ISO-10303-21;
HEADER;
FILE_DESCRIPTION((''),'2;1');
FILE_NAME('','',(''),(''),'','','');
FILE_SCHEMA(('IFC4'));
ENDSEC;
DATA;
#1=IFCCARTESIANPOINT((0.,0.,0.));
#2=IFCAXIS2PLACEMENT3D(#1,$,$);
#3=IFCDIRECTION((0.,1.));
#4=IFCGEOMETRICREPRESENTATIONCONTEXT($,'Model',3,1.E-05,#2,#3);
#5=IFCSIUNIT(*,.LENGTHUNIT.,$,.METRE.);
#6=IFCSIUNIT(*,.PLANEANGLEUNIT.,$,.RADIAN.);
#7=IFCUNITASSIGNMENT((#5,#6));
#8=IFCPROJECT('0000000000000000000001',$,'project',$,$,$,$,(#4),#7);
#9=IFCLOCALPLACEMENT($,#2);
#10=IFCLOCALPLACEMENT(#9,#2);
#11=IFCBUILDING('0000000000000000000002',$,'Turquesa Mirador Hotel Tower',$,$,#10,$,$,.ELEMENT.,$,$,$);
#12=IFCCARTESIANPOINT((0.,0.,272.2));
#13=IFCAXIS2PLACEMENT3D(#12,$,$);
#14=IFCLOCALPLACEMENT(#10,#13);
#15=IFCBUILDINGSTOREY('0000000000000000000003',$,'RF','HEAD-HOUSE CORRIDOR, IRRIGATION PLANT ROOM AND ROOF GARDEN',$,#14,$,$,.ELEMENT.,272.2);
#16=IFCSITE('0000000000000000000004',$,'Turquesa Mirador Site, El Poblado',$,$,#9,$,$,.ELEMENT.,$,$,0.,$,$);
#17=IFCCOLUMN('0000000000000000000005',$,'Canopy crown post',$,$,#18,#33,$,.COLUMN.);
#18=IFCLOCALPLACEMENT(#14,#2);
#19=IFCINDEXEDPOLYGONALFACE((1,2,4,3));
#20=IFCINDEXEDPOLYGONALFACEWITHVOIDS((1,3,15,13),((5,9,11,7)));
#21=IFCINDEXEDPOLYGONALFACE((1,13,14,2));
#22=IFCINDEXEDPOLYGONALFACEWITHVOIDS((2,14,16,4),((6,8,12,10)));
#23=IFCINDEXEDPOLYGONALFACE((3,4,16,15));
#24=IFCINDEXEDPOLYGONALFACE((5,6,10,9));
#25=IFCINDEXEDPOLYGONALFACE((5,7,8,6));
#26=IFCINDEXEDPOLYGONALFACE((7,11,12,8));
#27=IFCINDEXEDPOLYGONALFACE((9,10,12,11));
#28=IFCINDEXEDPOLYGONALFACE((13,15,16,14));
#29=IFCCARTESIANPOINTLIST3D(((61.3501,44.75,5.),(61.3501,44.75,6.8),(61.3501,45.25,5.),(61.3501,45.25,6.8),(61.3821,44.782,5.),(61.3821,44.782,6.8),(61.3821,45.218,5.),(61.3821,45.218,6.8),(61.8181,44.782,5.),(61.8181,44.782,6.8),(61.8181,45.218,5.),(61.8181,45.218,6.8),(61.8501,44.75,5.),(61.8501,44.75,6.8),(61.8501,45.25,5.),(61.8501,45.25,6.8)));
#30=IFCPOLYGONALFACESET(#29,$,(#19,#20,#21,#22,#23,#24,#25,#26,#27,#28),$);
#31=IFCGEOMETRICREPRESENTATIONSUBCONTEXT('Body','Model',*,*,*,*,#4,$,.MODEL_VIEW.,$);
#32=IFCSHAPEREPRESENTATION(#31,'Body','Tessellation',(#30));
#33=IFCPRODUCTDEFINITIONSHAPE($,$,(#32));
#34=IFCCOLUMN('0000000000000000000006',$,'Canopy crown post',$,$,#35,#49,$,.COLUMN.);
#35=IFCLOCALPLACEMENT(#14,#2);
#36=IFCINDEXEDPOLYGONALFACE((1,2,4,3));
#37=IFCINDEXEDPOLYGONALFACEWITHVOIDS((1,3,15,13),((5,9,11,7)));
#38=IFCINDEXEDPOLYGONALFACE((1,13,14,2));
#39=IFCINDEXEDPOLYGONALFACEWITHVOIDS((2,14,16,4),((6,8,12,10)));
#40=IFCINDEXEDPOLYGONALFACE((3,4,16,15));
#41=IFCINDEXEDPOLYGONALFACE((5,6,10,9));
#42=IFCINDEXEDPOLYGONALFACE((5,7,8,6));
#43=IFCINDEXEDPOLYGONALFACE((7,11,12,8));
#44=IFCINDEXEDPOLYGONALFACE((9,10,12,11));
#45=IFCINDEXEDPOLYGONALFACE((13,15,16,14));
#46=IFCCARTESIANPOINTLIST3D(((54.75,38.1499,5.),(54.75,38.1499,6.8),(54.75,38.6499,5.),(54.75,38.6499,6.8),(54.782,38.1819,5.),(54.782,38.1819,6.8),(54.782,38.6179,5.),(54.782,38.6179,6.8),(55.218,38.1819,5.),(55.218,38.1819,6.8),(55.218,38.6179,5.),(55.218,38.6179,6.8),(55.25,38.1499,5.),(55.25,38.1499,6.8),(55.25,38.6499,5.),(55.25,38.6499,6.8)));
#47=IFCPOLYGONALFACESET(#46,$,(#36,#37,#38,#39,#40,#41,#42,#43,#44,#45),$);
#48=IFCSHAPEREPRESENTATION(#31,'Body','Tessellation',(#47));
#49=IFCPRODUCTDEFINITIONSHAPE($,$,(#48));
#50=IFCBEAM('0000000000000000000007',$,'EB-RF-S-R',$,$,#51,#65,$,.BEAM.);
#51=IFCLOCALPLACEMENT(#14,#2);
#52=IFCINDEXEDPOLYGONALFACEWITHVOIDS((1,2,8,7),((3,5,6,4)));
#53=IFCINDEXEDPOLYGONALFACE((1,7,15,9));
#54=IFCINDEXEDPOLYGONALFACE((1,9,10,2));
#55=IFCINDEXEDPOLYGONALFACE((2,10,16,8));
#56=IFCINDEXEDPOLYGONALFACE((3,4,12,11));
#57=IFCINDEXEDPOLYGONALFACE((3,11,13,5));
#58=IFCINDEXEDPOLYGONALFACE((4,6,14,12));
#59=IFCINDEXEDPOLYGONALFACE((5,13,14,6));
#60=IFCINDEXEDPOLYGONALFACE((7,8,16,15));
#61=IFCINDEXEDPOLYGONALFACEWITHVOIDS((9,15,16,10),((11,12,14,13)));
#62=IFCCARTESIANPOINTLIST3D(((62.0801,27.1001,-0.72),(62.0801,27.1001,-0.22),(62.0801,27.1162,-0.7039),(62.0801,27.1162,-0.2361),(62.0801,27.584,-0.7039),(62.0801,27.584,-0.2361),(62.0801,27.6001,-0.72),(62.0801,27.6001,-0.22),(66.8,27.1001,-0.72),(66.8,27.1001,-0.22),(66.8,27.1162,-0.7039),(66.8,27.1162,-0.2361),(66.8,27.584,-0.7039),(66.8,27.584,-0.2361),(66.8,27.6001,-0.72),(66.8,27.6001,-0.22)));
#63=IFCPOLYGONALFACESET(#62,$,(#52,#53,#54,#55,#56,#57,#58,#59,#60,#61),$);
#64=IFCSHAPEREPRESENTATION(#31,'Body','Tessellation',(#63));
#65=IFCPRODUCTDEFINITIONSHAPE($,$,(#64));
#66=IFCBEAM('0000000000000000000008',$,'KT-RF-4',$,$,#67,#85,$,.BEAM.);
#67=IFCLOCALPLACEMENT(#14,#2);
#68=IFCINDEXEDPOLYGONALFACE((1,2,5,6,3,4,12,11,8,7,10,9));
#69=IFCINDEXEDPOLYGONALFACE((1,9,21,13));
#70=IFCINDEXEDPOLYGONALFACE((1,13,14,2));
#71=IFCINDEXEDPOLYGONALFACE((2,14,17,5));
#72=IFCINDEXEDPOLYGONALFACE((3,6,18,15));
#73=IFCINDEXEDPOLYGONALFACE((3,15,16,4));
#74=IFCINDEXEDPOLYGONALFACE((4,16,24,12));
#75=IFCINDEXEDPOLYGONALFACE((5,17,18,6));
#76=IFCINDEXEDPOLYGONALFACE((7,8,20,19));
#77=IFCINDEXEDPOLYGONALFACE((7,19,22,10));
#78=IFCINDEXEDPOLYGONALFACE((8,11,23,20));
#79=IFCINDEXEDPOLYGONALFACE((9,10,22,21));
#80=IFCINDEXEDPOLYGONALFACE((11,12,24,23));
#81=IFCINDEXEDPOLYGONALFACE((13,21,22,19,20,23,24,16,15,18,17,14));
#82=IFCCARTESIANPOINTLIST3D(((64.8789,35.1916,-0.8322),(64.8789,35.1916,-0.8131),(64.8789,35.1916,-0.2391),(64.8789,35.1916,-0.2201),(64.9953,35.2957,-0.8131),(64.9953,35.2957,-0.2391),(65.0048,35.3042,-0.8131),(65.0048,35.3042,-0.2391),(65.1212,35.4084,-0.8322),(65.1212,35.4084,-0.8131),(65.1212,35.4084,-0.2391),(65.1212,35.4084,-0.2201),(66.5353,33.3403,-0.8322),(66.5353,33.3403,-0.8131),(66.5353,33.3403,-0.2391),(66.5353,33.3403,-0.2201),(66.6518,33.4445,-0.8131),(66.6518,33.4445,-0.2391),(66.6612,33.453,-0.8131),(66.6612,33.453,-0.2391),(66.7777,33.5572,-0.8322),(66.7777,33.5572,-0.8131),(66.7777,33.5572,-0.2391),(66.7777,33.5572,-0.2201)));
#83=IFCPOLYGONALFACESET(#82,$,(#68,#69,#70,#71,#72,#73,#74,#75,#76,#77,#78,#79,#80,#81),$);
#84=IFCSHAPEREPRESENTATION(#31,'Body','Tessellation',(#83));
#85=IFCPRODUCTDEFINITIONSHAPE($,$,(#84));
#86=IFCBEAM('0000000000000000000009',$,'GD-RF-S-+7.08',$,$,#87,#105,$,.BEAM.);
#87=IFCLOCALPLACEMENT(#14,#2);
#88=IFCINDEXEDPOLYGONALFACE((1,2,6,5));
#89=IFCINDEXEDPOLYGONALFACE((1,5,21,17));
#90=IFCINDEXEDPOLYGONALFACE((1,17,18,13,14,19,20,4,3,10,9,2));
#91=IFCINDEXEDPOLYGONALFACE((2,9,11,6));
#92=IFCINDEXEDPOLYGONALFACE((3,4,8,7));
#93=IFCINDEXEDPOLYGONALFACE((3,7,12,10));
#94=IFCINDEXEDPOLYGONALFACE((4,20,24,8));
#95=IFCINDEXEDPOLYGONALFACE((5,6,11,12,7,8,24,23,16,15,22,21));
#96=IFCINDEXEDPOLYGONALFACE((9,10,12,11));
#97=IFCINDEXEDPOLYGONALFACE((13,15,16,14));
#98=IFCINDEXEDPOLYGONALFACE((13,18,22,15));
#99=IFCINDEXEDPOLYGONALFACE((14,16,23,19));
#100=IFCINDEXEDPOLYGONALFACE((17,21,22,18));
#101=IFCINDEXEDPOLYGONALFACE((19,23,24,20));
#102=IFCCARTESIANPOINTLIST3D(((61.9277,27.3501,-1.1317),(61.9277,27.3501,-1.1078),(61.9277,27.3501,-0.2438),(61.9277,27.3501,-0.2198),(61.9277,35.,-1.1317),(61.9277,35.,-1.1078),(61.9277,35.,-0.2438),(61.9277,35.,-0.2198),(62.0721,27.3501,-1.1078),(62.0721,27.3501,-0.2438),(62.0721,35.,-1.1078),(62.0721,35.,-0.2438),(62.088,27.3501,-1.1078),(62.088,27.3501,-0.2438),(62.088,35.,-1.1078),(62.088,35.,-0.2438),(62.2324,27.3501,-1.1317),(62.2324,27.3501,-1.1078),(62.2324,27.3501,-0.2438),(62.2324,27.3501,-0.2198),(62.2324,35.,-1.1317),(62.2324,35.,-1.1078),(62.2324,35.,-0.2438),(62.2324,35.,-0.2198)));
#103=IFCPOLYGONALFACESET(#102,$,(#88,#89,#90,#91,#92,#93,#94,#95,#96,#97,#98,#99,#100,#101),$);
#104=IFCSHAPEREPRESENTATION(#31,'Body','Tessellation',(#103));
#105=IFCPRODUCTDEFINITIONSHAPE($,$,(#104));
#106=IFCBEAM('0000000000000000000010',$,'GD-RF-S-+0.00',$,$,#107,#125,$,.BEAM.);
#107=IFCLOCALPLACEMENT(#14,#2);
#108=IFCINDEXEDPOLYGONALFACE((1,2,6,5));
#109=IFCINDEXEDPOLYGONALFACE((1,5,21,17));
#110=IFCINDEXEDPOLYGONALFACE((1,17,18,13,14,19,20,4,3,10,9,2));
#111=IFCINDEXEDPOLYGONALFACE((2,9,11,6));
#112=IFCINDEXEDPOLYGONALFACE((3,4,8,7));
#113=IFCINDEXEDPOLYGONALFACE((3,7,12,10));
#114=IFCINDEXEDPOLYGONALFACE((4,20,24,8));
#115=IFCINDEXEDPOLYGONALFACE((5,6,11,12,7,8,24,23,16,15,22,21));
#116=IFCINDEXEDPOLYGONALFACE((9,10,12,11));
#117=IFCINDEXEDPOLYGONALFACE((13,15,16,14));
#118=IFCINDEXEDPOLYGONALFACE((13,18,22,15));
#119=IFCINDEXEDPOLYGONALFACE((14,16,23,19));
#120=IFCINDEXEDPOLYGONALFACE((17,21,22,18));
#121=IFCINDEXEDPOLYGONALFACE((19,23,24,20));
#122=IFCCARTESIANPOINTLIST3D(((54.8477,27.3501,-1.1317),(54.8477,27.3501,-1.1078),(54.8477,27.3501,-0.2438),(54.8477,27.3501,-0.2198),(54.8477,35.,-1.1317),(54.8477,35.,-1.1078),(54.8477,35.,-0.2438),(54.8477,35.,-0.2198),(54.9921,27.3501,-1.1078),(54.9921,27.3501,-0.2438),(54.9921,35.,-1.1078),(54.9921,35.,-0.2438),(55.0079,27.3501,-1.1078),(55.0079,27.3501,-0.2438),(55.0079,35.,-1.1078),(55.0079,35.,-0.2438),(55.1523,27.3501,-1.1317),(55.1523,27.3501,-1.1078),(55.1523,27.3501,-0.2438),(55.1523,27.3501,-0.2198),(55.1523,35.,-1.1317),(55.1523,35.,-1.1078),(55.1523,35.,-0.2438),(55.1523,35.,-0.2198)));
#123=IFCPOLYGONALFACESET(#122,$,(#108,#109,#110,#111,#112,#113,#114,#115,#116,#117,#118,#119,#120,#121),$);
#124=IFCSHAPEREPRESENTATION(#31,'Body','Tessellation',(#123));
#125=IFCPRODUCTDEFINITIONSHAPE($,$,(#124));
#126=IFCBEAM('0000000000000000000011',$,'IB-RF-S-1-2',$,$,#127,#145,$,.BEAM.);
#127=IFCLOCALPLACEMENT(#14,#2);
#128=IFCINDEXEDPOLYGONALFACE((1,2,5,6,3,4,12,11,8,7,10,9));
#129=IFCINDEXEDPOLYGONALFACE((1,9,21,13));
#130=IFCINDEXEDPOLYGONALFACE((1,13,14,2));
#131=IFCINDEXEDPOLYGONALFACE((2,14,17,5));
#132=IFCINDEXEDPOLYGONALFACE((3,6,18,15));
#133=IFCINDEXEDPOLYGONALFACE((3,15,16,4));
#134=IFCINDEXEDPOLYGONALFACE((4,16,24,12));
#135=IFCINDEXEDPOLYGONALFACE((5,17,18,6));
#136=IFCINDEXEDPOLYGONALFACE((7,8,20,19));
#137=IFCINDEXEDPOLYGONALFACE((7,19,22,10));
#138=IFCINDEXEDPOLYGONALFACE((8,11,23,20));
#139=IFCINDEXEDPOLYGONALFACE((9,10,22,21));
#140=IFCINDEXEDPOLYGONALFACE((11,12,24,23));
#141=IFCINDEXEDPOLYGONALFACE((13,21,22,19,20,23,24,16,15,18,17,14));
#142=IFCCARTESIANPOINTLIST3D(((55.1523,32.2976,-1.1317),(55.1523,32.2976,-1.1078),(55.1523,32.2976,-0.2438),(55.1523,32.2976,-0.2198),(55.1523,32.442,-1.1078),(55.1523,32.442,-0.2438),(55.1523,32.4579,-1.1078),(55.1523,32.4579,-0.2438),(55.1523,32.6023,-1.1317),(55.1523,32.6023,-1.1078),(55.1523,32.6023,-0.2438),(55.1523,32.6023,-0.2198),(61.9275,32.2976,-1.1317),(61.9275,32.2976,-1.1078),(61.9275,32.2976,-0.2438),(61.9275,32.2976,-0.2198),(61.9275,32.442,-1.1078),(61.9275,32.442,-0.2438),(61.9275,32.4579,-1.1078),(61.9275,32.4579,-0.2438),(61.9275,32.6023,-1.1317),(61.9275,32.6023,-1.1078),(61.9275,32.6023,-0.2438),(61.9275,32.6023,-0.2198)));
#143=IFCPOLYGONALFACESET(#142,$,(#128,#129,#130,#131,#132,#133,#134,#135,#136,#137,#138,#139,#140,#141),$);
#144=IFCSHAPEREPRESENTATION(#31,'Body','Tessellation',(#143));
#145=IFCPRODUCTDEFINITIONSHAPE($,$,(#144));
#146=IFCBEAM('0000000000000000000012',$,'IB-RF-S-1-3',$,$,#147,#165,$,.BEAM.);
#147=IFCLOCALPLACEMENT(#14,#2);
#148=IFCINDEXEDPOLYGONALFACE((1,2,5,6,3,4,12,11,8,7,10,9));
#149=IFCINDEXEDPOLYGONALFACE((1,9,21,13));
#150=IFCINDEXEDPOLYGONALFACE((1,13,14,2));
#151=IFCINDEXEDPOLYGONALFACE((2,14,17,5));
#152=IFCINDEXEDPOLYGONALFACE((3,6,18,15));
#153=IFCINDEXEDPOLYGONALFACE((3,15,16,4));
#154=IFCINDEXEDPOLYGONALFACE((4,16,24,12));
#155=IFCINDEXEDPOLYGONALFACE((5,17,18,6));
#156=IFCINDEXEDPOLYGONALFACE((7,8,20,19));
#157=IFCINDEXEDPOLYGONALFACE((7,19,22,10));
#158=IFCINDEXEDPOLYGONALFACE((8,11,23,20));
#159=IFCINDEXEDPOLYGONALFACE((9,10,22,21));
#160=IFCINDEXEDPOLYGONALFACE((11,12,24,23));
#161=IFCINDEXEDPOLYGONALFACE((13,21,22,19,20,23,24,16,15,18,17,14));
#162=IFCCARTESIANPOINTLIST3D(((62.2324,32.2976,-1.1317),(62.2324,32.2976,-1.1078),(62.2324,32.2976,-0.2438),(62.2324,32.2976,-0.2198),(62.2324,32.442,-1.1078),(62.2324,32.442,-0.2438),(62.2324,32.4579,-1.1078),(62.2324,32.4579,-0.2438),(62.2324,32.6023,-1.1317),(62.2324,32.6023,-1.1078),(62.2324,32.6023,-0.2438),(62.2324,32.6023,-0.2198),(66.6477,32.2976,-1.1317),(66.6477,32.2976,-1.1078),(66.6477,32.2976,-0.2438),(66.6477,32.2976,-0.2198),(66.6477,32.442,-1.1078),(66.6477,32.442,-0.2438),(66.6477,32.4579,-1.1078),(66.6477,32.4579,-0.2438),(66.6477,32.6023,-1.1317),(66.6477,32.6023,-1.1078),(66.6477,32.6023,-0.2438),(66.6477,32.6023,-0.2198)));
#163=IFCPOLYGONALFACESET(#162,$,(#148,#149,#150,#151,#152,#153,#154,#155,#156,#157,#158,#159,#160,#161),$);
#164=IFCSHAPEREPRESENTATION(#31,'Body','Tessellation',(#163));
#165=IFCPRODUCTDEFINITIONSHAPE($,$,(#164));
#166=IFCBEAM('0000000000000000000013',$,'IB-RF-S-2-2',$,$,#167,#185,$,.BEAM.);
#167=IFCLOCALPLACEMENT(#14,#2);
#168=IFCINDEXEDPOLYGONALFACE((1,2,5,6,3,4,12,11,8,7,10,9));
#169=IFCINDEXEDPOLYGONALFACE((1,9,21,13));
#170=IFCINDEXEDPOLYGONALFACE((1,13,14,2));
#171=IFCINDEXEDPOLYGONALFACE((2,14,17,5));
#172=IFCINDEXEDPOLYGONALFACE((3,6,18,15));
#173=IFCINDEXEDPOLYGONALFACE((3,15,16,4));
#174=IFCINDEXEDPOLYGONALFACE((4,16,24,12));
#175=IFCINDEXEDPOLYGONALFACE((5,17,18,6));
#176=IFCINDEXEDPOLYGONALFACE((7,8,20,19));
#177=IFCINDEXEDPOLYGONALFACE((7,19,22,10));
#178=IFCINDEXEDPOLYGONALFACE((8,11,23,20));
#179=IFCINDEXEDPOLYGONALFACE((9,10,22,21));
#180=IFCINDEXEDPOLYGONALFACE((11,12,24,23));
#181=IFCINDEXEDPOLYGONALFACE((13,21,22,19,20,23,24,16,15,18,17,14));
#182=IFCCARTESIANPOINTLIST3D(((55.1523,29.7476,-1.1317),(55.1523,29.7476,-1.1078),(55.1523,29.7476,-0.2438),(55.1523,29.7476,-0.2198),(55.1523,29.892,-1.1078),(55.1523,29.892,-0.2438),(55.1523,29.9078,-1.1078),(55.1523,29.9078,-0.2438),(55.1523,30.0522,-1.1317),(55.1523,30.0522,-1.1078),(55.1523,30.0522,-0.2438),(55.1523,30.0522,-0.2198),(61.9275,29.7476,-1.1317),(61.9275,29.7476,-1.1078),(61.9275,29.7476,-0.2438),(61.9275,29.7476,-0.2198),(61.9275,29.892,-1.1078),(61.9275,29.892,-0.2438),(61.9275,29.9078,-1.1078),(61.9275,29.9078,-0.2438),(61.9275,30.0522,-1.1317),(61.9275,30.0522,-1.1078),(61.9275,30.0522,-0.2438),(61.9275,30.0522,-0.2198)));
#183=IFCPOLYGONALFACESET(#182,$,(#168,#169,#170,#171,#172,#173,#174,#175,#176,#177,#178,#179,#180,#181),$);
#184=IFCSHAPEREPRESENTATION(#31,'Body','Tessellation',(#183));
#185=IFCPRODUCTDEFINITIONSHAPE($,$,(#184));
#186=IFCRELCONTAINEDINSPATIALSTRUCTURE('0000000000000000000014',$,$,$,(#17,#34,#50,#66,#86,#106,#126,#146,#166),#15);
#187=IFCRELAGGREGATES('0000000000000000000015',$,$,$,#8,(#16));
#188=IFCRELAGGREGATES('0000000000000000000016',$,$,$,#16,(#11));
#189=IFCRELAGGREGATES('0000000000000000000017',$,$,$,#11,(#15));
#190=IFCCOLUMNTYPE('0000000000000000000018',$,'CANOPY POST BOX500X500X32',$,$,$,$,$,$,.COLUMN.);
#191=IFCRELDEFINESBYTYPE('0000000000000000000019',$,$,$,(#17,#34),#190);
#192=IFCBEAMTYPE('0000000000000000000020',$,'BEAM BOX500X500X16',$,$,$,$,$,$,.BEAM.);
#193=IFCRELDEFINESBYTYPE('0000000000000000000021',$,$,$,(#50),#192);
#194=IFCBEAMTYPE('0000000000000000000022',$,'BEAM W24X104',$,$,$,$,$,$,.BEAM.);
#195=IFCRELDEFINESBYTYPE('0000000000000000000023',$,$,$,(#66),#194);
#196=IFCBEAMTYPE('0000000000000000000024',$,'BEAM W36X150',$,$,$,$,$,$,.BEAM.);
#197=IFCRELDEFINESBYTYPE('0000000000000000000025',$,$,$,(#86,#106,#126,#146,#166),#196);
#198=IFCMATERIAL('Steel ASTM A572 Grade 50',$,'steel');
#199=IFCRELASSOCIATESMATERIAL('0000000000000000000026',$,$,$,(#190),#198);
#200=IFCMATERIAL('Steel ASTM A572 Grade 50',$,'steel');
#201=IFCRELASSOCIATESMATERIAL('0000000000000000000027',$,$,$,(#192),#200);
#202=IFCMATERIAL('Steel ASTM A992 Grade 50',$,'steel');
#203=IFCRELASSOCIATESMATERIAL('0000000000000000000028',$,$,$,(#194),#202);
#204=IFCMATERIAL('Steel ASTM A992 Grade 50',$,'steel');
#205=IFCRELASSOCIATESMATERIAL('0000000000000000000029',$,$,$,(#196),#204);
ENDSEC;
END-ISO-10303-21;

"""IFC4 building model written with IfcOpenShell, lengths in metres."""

from ifc_helpers import new_model, si_unit, direction, frame, origin, origin_2d, place, context, subcontext, project, spatial, hollow_rectangle, i_section, extrude, material, material_profile, profile_set, type_object, element, save


model = new_model("IFC4")

# Units and contexts
model_context = context("Model", 3, precision=1e-05, world=origin(), true_north=direction((0.0, 1.0)))
body_context = subcontext(model_context, "Body", "Model", "MODEL_VIEW")
ifc_project = project(units=[si_unit("LENGTHUNIT", "METRE"), si_unit("PLANEANGLEUNIT", "RADIAN")], contexts=[model_context])

# Site, building, storey
site_placement = place(None, origin())
site = spatial("IfcSite", under=ifc_project, at=site_placement, Name="Turquesa Mirador Site, El Poblado", CompositionType="ELEMENT", RefElevation=0.0)
building_placement = place(site_placement, origin())
building = spatial("IfcBuilding", under=site, at=building_placement, Name="Turquesa Mirador Hotel Tower", CompositionType="ELEMENT")
storey_placement = place(building_placement, frame((0.0, 0.0, 272.2)))
storey = spatial("IfcBuildingStorey", under=building, at=storey_placement, Name="RF", Description="HEAD-HOUSE CORRIDOR, IRRIGATION PLANT ROOM AND ROOF GARDEN", CompositionType="ELEMENT", Elevation=272.2)

# Columns
ifc_material_1 = material(Name="Steel ASTM A572 Grade 50", Category="steel")
ifc_material_profile_1 = material_profile(ifc_material_1, hollow_rectangle(XDim=0.5, YDim=0.5, WallThickness=0.032, at=origin_2d()), Name="BOX500X500X32")
ifc_profile_set_1 = profile_set([ifc_material_profile_1], Name="Steel ASTM A572 Grade 50")
column_type = type_object("IfcColumnType", Name="CANOPY POST BOX500X500X32", PredefinedType="COLUMN", material=ifc_profile_set_1)
for number, where, z_axis, x_axis, name in (
    (1, (61.6001, 45.0, 5.0), (0.0, 0.0, 1.0), (1.0, 0.0, 0.0), "Canopy crown post"),
    (2, (55.0, 38.3999, 5.0), (0.0, 0.0, 1.0), (1.0, 0.0, 0.0), "Canopy crown post"),
):
    element("IfcColumn", number, at=place(storey_placement, frame(where, z_axis=z_axis, x_axis=x_axis)), inside=storey, type_object=column_type, Name=name, PredefinedType="COLUMN", context=body_context, shape_type="SweptSolid", body=[
        extrude(hollow_rectangle(XDim=0.5, YDim=0.5, WallThickness=0.032, at=origin_2d()), origin(), (0.0, 0.0, 1.0), 1.8),
    ])

# Beams
ifc_material_2 = material(Name="Steel ASTM A572 Grade 50", Category="steel")
ifc_material_profile_2 = material_profile(ifc_material_2, hollow_rectangle(XDim=0.5, YDim=0.5, WallThickness=0.0161, at=origin_2d()), Name="BOX500X500X16")
ifc_profile_set_2 = profile_set([ifc_material_profile_2], Name="Steel ASTM A572 Grade 50")
beam_type_1 = type_object("IfcBeamType", Name="BEAM BOX500X500X16", PredefinedType="BEAM", material=ifc_profile_set_2)
beam_1_placement = place(storey_placement, frame((62.0801, 27.3501, -0.47), z_axis=(1.0, 0.0, 0.0), x_axis=(0.0, 1.0, 0.0)))
element("IfcBeam", 3, at=beam_1_placement, inside=storey, type_object=beam_type_1, Name="EB-RF-S-R", PredefinedType="BEAM", context=body_context, shape_type="SweptSolid", body=[
    extrude(hollow_rectangle(XDim=0.5, YDim=0.5, WallThickness=0.0161, at=origin_2d()), origin(), (0.0, 0.0, 1.0), 4.72),
])
ifc_material_3 = material(Name="Steel ASTM A992 Grade 50", Category="steel")
ifc_material_profile_3 = material_profile(ifc_material_3, i_section(OverallWidth=0.3252, OverallDepth=0.6121, WebThickness=0.0127, FlangeThickness=0.019, at=origin_2d()), Name="W24X104")
ifc_profile_set_3 = profile_set([ifc_material_profile_3], Name="Steel ASTM A992 Grade 50")
beam_type_2 = type_object("IfcBeamType", Name="BEAM W24X104", PredefinedType="BEAM", material=ifc_profile_set_3)
beam_2_placement = place(storey_placement, frame((66.6565, 33.4487, -0.5261), z_axis=(-0.666806, 0.745231, 0.0), x_axis=(-0.745231, -0.666806, 0.0)))
element("IfcBeam", 4, at=beam_2_placement, inside=storey, type_object=beam_type_2, Name="KT-RF-4", PredefinedType="BEAM", context=body_context, shape_type="SweptSolid", body=[
    extrude(i_section(OverallWidth=0.3252, OverallDepth=0.6121, WebThickness=0.0127, FlangeThickness=0.019, at=origin_2d()), origin(), (0.0, 0.0, 1.0), 2.4841),
])
ifc_material_4 = material(Name="Steel ASTM A992 Grade 50", Category="steel")
ifc_material_profile_4 = material_profile(ifc_material_4, i_section(OverallWidth=0.3047, OverallDepth=0.9119, WebThickness=0.0159, FlangeThickness=0.0239, at=origin_2d()), Name="W36X150")
ifc_profile_set_4 = profile_set([ifc_material_profile_4], Name="Steel ASTM A992 Grade 50")
beam_type_3 = type_object("IfcBeamType", Name="BEAM W36X150", PredefinedType="BEAM", material=ifc_profile_set_4)
for number, where, z_axis, x_axis, name in (
    (5, (62.0801, 27.3501, -0.6758), (0.0, 1.0, 0.0), (-1.0, 0.0, 0.0), "GD-RF-S-+7.08"),
    (6, (55.0, 27.3501, -0.6758), (0.0, 1.0, 0.0), (-1.0, 0.0, 0.0), "GD-RF-S-+0.00"),
):
    element("IfcBeam", number, at=place(storey_placement, frame(where, z_axis=z_axis, x_axis=x_axis)), inside=storey, type_object=beam_type_3, Name=name, PredefinedType="BEAM", context=body_context, shape_type="SweptSolid", body=[
        extrude(i_section(OverallWidth=0.3047, OverallDepth=0.9119, WebThickness=0.0159, FlangeThickness=0.0239, at=origin_2d()), origin(), (0.0, 0.0, 1.0), 7.6499),
    ])
beam_3_placement = place(storey_placement, frame((55.1523, 32.45, -0.6758), z_axis=(1.0, 0.0, 0.0), x_axis=(0.0, 1.0, 0.0)))
element("IfcBeam", 7, at=beam_3_placement, inside=storey, type_object=beam_type_3, Name="IB-RF-S-1-2", PredefinedType="BEAM", context=body_context, shape_type="SweptSolid", body=[
    extrude(i_section(OverallWidth=0.3047, OverallDepth=0.9119, WebThickness=0.0159, FlangeThickness=0.0239, at=origin_2d()), origin(), (0.0, 0.0, 1.0), 6.7751),
])
beam_4_placement = place(storey_placement, frame((62.2324, 32.45, -0.6758), z_axis=(1.0, 0.0, 0.0), x_axis=(0.0, 1.0, 0.0)))
element("IfcBeam", 8, at=beam_4_placement, inside=storey, type_object=beam_type_3, Name="IB-RF-S-1-3", PredefinedType="BEAM", context=body_context, shape_type="SweptSolid", body=[
    extrude(i_section(OverallWidth=0.3047, OverallDepth=0.9119, WebThickness=0.0159, FlangeThickness=0.0239, at=origin_2d()), origin(), (0.0, 0.0, 1.0), 4.4153),
])
beam_5_placement = place(storey_placement, frame((55.1523, 29.8999, -0.6758), z_axis=(1.0, 0.0, 0.0), x_axis=(0.0, 1.0, 0.0)))
element("IfcBeam", 9, at=beam_5_placement, inside=storey, type_object=beam_type_3, Name="IB-RF-S-2-2", PredefinedType="BEAM", context=body_context, shape_type="SweptSolid", body=[
    extrude(i_section(OverallWidth=0.3047, OverallDepth=0.9119, WebThickness=0.0159, FlangeThickness=0.0239, at=origin_2d()), origin(), (0.0, 0.0, 1.0), 6.7751),
])

save(model, "model.ifc")
